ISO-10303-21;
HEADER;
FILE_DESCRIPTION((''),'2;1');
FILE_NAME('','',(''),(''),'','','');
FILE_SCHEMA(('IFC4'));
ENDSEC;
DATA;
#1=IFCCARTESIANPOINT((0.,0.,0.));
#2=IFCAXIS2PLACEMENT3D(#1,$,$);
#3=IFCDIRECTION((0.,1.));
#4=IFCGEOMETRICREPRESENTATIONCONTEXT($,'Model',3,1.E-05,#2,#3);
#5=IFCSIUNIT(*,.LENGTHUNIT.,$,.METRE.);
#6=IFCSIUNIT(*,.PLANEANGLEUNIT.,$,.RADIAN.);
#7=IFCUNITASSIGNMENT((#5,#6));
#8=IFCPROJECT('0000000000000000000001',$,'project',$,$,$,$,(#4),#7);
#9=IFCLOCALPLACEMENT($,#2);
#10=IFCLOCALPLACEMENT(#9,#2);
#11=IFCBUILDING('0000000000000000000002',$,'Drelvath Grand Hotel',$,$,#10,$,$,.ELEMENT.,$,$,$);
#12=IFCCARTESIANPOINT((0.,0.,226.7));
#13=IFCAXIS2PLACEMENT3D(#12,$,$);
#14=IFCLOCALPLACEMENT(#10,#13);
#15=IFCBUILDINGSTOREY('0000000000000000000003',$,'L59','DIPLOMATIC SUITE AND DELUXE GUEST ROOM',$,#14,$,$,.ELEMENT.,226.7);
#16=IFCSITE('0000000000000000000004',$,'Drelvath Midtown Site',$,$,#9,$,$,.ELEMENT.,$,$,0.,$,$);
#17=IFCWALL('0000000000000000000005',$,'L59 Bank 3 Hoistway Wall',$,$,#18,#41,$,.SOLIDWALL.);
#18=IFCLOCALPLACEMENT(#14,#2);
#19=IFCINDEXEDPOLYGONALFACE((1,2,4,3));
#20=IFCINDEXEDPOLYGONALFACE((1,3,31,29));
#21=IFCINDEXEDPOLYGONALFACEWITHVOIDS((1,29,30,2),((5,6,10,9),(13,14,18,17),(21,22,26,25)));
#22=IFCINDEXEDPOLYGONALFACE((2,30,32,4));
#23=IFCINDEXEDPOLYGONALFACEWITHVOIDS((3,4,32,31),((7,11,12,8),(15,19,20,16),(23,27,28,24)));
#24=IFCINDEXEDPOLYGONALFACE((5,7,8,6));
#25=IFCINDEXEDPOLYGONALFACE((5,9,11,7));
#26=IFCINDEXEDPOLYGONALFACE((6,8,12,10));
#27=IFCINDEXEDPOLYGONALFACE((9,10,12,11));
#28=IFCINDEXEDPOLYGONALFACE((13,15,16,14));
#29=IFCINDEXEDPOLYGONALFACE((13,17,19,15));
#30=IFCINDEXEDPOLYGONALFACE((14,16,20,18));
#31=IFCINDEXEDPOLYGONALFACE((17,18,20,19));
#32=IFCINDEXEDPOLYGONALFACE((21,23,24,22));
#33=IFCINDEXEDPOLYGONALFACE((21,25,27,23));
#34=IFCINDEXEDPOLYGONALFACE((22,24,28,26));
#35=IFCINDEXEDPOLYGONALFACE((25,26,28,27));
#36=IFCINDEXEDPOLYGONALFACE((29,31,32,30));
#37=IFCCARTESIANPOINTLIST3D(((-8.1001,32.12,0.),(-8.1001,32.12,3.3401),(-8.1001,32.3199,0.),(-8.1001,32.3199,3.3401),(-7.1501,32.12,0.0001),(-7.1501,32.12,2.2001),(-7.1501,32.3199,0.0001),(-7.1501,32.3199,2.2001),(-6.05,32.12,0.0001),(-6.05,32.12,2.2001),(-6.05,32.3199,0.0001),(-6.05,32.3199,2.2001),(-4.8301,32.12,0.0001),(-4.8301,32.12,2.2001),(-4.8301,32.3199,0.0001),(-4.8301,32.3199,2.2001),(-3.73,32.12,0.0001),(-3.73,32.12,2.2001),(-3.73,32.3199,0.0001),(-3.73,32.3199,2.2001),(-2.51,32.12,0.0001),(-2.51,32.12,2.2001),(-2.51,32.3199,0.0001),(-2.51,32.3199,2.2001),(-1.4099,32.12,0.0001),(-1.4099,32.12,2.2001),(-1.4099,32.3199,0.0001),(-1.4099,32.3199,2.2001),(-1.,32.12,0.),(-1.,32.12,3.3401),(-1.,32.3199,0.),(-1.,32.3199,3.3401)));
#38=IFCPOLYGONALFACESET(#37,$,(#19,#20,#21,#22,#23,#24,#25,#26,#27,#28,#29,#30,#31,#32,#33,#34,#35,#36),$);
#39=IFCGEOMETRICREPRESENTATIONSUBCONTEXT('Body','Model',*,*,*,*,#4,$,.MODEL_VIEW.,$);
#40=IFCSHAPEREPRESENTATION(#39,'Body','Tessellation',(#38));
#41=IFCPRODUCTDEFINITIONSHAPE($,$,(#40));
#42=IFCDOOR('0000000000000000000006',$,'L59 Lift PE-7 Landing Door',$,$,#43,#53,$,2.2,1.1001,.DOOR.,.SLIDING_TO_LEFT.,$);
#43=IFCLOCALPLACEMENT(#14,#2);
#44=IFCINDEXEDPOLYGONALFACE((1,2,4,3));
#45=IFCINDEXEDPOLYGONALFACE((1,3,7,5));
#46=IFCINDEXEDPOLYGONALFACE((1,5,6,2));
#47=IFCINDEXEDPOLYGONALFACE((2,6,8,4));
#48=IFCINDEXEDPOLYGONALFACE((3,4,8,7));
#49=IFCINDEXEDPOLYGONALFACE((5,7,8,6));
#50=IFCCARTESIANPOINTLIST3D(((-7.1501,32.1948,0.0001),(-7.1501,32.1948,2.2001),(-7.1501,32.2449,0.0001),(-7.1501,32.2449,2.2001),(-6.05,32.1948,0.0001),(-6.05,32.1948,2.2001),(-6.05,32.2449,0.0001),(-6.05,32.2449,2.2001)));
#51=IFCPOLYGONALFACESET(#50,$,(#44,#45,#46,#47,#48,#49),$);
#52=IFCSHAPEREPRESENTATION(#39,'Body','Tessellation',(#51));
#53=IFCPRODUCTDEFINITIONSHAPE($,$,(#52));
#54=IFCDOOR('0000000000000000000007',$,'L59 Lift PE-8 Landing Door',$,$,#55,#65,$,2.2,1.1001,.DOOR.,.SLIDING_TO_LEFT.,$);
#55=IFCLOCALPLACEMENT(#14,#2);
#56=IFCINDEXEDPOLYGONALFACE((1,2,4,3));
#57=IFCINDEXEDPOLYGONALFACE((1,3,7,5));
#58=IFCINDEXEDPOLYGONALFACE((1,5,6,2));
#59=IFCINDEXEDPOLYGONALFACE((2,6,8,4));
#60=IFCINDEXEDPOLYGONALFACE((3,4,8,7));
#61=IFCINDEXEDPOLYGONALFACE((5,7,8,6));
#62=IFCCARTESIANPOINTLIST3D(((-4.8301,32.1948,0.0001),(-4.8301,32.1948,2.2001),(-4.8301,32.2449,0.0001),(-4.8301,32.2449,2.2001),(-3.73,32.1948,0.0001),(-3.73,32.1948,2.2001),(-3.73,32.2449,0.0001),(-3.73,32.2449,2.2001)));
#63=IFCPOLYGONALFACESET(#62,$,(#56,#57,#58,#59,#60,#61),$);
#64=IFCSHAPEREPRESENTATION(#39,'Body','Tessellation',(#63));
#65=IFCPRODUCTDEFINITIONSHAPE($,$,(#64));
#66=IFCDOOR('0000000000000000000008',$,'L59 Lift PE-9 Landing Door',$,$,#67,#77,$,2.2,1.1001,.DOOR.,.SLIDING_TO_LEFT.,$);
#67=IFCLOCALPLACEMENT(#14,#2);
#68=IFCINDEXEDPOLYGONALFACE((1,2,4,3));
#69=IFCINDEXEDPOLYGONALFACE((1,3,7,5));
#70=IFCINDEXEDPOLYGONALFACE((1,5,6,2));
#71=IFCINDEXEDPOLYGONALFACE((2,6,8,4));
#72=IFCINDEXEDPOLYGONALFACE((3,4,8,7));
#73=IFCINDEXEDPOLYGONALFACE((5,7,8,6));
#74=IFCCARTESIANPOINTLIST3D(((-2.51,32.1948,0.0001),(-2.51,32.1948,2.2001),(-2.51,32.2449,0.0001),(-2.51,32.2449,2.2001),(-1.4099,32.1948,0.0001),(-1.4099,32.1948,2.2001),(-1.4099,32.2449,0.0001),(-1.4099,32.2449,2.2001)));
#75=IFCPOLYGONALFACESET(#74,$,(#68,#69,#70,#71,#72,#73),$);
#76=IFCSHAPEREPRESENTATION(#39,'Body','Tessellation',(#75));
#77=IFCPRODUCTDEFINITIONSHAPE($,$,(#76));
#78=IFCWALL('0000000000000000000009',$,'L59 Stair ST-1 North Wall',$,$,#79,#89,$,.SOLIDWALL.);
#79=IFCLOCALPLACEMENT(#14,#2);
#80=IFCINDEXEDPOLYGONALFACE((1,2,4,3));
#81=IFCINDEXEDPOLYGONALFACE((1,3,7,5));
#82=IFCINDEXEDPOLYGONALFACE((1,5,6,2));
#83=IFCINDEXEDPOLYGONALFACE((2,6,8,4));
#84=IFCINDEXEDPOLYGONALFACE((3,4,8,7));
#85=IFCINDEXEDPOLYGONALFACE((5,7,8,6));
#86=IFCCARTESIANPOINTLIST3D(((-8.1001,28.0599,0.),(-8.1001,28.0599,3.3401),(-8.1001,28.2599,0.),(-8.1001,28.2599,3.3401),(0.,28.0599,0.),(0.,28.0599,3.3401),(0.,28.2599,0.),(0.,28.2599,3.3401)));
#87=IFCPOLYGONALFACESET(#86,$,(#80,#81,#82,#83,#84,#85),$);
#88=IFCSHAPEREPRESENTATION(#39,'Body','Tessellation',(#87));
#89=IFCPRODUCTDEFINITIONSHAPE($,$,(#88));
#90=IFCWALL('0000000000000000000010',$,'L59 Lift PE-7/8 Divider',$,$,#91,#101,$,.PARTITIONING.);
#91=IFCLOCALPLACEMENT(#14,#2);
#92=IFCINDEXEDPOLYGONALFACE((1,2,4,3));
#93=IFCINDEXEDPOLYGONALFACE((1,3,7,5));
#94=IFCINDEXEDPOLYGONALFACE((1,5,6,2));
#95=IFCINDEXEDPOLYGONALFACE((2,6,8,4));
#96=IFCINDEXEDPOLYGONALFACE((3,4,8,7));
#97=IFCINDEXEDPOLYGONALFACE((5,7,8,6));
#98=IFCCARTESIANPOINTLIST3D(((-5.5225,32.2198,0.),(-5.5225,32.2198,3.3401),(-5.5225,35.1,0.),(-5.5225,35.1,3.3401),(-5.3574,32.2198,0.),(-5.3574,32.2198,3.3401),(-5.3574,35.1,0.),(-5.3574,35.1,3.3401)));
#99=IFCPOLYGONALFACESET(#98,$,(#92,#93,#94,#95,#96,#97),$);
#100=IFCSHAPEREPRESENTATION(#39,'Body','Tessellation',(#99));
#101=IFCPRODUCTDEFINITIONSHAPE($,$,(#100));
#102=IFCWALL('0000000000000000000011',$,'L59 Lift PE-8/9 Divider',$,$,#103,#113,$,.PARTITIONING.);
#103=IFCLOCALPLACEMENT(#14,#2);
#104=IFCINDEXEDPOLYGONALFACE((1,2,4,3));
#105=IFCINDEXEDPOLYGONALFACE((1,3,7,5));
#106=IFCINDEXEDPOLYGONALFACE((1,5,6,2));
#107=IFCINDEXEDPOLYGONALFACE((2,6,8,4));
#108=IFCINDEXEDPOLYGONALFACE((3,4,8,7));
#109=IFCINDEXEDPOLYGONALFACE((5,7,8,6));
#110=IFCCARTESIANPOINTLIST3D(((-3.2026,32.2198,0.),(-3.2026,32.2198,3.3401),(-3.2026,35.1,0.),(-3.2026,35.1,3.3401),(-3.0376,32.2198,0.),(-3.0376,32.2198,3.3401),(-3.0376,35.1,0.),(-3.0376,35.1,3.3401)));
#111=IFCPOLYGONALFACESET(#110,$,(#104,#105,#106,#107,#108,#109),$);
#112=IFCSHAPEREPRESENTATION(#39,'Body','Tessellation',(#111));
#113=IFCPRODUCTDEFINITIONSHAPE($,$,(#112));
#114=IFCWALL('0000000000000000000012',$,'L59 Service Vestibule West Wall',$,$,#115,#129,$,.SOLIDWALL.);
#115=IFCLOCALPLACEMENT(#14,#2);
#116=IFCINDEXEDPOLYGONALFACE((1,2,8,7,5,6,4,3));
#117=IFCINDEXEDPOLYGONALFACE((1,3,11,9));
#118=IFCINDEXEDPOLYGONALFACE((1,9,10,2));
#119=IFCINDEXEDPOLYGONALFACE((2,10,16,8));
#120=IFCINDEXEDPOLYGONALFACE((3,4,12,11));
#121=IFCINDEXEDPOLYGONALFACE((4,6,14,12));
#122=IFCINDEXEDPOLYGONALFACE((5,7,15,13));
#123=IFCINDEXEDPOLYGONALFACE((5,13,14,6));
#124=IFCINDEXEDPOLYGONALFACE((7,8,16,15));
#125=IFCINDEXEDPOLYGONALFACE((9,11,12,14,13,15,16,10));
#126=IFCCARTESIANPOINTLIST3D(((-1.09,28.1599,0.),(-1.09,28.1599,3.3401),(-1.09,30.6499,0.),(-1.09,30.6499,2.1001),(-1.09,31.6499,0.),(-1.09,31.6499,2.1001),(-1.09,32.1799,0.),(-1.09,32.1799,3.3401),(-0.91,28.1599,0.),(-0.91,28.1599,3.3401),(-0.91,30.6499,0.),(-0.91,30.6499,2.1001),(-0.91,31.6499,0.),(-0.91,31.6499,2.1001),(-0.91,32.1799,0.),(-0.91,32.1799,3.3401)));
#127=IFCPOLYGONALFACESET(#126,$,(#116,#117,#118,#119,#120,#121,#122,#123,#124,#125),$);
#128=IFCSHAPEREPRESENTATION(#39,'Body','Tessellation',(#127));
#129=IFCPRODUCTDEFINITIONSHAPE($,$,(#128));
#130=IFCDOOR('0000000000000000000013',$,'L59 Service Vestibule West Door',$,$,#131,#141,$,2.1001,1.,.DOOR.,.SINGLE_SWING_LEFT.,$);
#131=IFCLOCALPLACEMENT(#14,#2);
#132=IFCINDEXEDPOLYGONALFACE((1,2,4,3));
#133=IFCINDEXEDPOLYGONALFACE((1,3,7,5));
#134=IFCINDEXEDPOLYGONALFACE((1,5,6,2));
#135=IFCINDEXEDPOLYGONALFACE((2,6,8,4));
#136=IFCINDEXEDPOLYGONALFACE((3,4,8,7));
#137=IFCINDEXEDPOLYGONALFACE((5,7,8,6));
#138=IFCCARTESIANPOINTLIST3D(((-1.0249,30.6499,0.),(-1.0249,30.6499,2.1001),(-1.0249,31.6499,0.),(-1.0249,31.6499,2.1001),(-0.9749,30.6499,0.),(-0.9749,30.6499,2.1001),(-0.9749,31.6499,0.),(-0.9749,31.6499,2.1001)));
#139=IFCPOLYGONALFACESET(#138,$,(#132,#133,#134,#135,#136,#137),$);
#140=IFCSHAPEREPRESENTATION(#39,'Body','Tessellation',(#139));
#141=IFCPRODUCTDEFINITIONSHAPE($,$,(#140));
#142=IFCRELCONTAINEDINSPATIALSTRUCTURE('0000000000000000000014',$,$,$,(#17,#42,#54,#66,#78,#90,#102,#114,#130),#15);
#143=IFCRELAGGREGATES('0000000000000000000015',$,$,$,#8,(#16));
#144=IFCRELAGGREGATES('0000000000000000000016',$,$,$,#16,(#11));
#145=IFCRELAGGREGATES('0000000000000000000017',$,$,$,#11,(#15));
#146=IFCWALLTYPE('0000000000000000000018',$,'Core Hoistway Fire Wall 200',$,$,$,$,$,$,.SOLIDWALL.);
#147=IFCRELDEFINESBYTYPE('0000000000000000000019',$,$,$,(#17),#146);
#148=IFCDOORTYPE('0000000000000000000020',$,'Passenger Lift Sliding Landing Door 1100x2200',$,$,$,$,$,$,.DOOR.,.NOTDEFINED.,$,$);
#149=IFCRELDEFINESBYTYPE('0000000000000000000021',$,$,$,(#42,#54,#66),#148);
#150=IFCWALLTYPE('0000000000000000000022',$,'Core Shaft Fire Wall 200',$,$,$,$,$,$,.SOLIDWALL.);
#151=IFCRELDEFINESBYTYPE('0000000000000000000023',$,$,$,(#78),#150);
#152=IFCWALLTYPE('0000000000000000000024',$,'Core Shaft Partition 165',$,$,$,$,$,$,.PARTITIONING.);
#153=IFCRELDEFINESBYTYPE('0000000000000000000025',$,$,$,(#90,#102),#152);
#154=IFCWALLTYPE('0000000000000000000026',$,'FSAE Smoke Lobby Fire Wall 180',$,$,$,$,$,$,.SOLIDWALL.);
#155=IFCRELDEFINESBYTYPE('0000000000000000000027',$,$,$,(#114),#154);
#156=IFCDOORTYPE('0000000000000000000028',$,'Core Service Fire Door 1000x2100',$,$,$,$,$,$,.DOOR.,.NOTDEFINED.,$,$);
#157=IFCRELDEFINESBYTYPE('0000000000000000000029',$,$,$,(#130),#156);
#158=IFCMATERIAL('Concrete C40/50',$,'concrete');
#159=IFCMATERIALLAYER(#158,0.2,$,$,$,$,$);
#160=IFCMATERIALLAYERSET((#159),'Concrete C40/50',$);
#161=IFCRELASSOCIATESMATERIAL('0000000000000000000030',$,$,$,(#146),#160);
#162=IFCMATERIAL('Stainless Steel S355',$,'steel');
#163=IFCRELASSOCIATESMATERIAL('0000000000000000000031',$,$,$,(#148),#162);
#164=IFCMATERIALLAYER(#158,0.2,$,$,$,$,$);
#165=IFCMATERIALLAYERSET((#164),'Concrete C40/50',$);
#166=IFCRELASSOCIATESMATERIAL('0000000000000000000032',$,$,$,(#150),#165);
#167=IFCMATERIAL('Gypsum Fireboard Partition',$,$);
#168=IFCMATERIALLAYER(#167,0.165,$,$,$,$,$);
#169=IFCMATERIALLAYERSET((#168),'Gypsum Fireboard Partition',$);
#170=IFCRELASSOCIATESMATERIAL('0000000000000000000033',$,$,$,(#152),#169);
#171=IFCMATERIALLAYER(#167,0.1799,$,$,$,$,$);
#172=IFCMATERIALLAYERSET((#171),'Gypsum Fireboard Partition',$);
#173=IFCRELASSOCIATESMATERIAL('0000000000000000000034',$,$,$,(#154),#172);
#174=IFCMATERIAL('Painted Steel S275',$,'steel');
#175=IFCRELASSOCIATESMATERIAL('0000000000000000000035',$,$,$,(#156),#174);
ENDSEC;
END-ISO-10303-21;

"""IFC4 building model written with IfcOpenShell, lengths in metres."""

from ifc_helpers import new_model, si_unit, direction, frame, frame_2d, origin, place, context, subcontext, project, spatial, rectangle, extrude, material, layer, layer_set, type_object, element, fill, save


model = new_model("IFC4")

# Units and contexts
model_context = context("Model", 3, precision=1e-05, world=origin(), true_north=direction((0.0, 1.0)))
body_context = subcontext(model_context, "Body", "Model", "MODEL_VIEW")
ifc_project = project(units=[si_unit("LENGTHUNIT", "METRE"), si_unit("PLANEANGLEUNIT", "RADIAN")], contexts=[model_context])

# Site, building, storey
site_placement = place(None, origin())
site = spatial("IfcSite", under=ifc_project, at=site_placement, Name="Drelvath Midtown Site", CompositionType="ELEMENT", RefElevation=0.0)
building_placement = place(site_placement, origin())
building = spatial("IfcBuilding", under=site, at=building_placement, Name="Drelvath Grand Hotel", CompositionType="ELEMENT")
storey_placement = place(building_placement, frame((0.0, 0.0, 226.7)))
storey = spatial("IfcBuildingStorey", under=building, at=storey_placement, Name="L59", Description="DIPLOMATIC SUITE AND DELUXE GUEST ROOM", CompositionType="ELEMENT", Elevation=226.7)

# Shared definitions
ifc_material_1 = material(Name="Painted Steel S275", Category="steel")

# Shared definitions
ifc_material_2 = material(Name="Concrete C40/50", Category="concrete")
ifc_layer_1 = layer(ifc_material_2, 0.2)
ifc_layer_set_1 = layer_set([ifc_layer_1], Name="Concrete C40/50")
wall_type_1 = type_object("IfcWallType", Name="Core Hoistway Fire Wall 200", PredefinedType="SOLIDWALL", material=ifc_layer_set_1)
ifc_material_3 = material(Name="Stainless Steel S355", Category="steel")

# Wall, openings, doors
wall_1_placement = place(storey_placement, frame((-8.1001, 32.22, 0.0), z_axis=(0.0, 0.0, 1.0), x_axis=(1.0, 0.0, 0.0)))
wall_1 = element("IfcWall", 1, at=wall_1_placement, inside=storey, type_object=wall_type_1, Name="L59 Bank 3 Hoistway Wall", PredefinedType="SOLIDWALL", context=body_context, shape_type="SweptSolid", body=[
    extrude(rectangle(XDim=7.1001, YDim=0.2, at=frame_2d((3.55, 0.0))), origin(), (0.0, 0.0, 1.0), 3.3401),
])
opening_1_placement = place(wall_1_placement, frame((0.95, 0.0, 0.0)))
opening_1 = element("IfcOpeningElement", 2, at=opening_1_placement, cuts=wall_1, PredefinedType="OPENING", context=body_context, shape_type="SweptSolid", body=[
    extrude(rectangle(XDim=1.1001, YDim=2.2, at=frame_2d((0.55, 1.1001))), frame((0.0, 0.1099, 0.0), z_axis=(0.0, -1.0, 0.0), x_axis=(1.0, 0.0, 0.0)), (0.0, 0.0, 1.0), 0.22),
])
opening_2_placement = place(wall_1_placement, frame((3.27, 0.0, 0.0)))
opening_2 = element("IfcOpeningElement", 3, at=opening_2_placement, cuts=wall_1, PredefinedType="OPENING", context=body_context, shape_type="SweptSolid", body=[
    extrude(rectangle(XDim=1.1001, YDim=2.2, at=frame_2d((0.55, 1.1001))), frame((0.0, 0.1099, 0.0), z_axis=(0.0, -1.0, 0.0), x_axis=(1.0, 0.0, 0.0)), (0.0, 0.0, 1.0), 0.22),
])
opening_3_placement = place(wall_1_placement, frame((5.5901, 0.0, 0.0)))
opening_3 = element("IfcOpeningElement", 4, at=opening_3_placement, cuts=wall_1, PredefinedType="OPENING", context=body_context, shape_type="SweptSolid", body=[
    extrude(rectangle(XDim=1.1001, YDim=2.2, at=frame_2d((0.55, 1.1001))), frame((0.0, 0.1099, 0.0), z_axis=(0.0, -1.0, 0.0), x_axis=(1.0, 0.0, 0.0)), (0.0, 0.0, 1.0), 0.22),
])
door_type_1 = type_object("IfcDoorType", Name="Passenger Lift Sliding Landing Door 1100x2200", OperationType="NOTDEFINED", PredefinedType="DOOR", material=ifc_material_3)
door_1_placement = place(opening_1_placement, origin())
door_1 = element("IfcDoor", 5, at=door_1_placement, inside=storey, type_object=door_type_1, Name="L59 Lift PE-7 Landing Door", OperationType="SLIDING_TO_LEFT", OverallHeight=2.2, OverallWidth=1.1001, PredefinedType="DOOR", context=body_context, shape_type="SweptSolid", body=[
    extrude(rectangle(XDim=1.1001, YDim=2.2, at=frame_2d((0.55, 1.1001))), frame((0.0, 0.0249, 0.0), z_axis=(0.0, -1.0, 0.0), x_axis=(1.0, 0.0, 0.0)), (0.0, 0.0, 1.0), 0.05),
])
fill(opening_1, door_1)
door_2_placement = place(opening_2_placement, origin())
door_2 = element("IfcDoor", 6, at=door_2_placement, inside=storey, type_object=door_type_1, Name="L59 Lift PE-8 Landing Door", OperationType="SLIDING_TO_LEFT", OverallHeight=2.2, OverallWidth=1.1001, PredefinedType="DOOR", context=body_context, shape_type="SweptSolid", body=[
    extrude(rectangle(XDim=1.1001, YDim=2.2, at=frame_2d((0.55, 1.1001))), frame((0.0, 0.0249, 0.0), z_axis=(0.0, -1.0, 0.0), x_axis=(1.0, 0.0, 0.0)), (0.0, 0.0, 1.0), 0.05),
])
fill(opening_2, door_2)
door_3_placement = place(opening_3_placement, origin())
door_3 = element("IfcDoor", 7, at=door_3_placement, inside=storey, type_object=door_type_1, Name="L59 Lift PE-9 Landing Door", OperationType="SLIDING_TO_LEFT", OverallHeight=2.2, OverallWidth=1.1001, PredefinedType="DOOR", context=body_context, shape_type="SweptSolid", body=[
    extrude(rectangle(XDim=1.1001, YDim=2.2, at=frame_2d((0.55, 1.1001))), frame((0.0, 0.0249, 0.0), z_axis=(0.0, -1.0, 0.0), x_axis=(1.0, 0.0, 0.0)), (0.0, 0.0, 1.0), 0.05),
])
fill(opening_3, door_3)

# Walls
ifc_layer_2 = layer(ifc_material_2, 0.2)
ifc_layer_set_2 = layer_set([ifc_layer_2], Name="Concrete C40/50")
wall_type_2 = type_object("IfcWallType", Name="Core Shaft Fire Wall 200", PredefinedType="SOLIDWALL", material=ifc_layer_set_2)
wall_2_placement = place(storey_placement, frame((-8.1001, 28.1599, 0.0), z_axis=(0.0, 0.0, 1.0), x_axis=(1.0, 0.0, 0.0)))
element("IfcWall", 8, at=wall_2_placement, inside=storey, type_object=wall_type_2, Name="L59 Stair ST-1 North Wall", PredefinedType="SOLIDWALL", context=body_context, shape_type="SweptSolid", body=[
    extrude(rectangle(XDim=8.1001, YDim=0.2, at=frame_2d((4.05, 0.0))), origin(), (0.0, 0.0, 1.0), 3.3401),
])
ifc_material_4 = material(Name="Gypsum Fireboard Partition")
ifc_layer_3 = layer(ifc_material_4, 0.165)
ifc_layer_set_3 = layer_set([ifc_layer_3], Name="Gypsum Fireboard Partition")
wall_type_3 = type_object("IfcWallType", Name="Core Shaft Partition 165", PredefinedType="PARTITIONING", material=ifc_layer_set_3)
for number, where, z_axis, x_axis, name in (
    (9, (-5.4399, 32.22, 0.0), (0.0, 0.0, 1.0), (0.0, 1.0, 0.0), "L59 Lift PE-7/8 Divider"),
    (10, (-3.1201, 32.22, 0.0), (0.0, 0.0, 1.0), (0.0, 1.0, 0.0), "L59 Lift PE-8/9 Divider"),
):
    element("IfcWall", number, at=place(storey_placement, frame(where, z_axis=z_axis, x_axis=x_axis)), inside=storey, type_object=wall_type_3, Name=name, PredefinedType="PARTITIONING", context=body_context, shape_type="SweptSolid", body=[
        extrude(rectangle(XDim=2.8801, YDim=0.165, at=frame_2d((1.4399, 0.0))), origin(), (0.0, 0.0, 1.0), 3.3401),
    ])

# Wall, opening, door
ifc_layer_4 = layer(ifc_material_4, 0.1799)
ifc_layer_set_4 = layer_set([ifc_layer_4], Name="Gypsum Fireboard Partition")
wall_type_4 = type_object("IfcWallType", Name="FSAE Smoke Lobby Fire Wall 180", PredefinedType="SOLIDWALL", material=ifc_layer_set_4)
wall_3_placement = place(storey_placement, frame((-1.0, 28.1599, 0.0), z_axis=(0.0, 0.0, 1.0), x_axis=(0.0, 1.0, 0.0)))
wall_3 = element("IfcWall", 11, at=wall_3_placement, inside=storey, type_object=wall_type_4, Name="L59 Service Vestibule West Wall", PredefinedType="SOLIDWALL", context=body_context, shape_type="SweptSolid", body=[
    extrude(rectangle(XDim=4.02, YDim=0.1799, at=frame_2d((2.01, 0.0))), origin(), (0.0, 0.0, 1.0), 3.3401),
])
opening_4_placement = place(wall_3_placement, frame((2.49, 0.0, 0.0)))
opening_4 = element("IfcOpeningElement", 12, at=opening_4_placement, cuts=wall_3, PredefinedType="OPENING", context=body_context, shape_type="SweptSolid", body=[
    extrude(rectangle(XDim=1.0, YDim=2.1001, at=frame_2d((0.5, 1.05))), frame((0.0, 0.0999, 0.0), z_axis=(0.0, -1.0, 0.0), x_axis=(1.0, 0.0, 0.0)), (0.0, 0.0, 1.0), 0.2),
])
door_type_2 = type_object("IfcDoorType", Name="Core Service Fire Door 1000x2100", OperationType="NOTDEFINED", PredefinedType="DOOR", material=ifc_material_1)
door_4_placement = place(opening_4_placement, origin())
door_4 = element("IfcDoor", 13, at=door_4_placement, inside=storey, type_object=door_type_2, Name="L59 Service Vestibule West Door", OperationType="SINGLE_SWING_LEFT", OverallHeight=2.1001, OverallWidth=1.0, PredefinedType="DOOR", context=body_context, shape_type="SweptSolid", body=[
    extrude(rectangle(XDim=1.0, YDim=2.1001, at=frame_2d((0.5, 1.05))), frame((0.0, 0.0249, 0.0), z_axis=(0.0, -1.0, 0.0), x_axis=(1.0, 0.0, 0.0)), (0.0, 0.0, 1.0), 0.05),
])
fill(opening_4, door_4)

save(model, "model.ifc")
